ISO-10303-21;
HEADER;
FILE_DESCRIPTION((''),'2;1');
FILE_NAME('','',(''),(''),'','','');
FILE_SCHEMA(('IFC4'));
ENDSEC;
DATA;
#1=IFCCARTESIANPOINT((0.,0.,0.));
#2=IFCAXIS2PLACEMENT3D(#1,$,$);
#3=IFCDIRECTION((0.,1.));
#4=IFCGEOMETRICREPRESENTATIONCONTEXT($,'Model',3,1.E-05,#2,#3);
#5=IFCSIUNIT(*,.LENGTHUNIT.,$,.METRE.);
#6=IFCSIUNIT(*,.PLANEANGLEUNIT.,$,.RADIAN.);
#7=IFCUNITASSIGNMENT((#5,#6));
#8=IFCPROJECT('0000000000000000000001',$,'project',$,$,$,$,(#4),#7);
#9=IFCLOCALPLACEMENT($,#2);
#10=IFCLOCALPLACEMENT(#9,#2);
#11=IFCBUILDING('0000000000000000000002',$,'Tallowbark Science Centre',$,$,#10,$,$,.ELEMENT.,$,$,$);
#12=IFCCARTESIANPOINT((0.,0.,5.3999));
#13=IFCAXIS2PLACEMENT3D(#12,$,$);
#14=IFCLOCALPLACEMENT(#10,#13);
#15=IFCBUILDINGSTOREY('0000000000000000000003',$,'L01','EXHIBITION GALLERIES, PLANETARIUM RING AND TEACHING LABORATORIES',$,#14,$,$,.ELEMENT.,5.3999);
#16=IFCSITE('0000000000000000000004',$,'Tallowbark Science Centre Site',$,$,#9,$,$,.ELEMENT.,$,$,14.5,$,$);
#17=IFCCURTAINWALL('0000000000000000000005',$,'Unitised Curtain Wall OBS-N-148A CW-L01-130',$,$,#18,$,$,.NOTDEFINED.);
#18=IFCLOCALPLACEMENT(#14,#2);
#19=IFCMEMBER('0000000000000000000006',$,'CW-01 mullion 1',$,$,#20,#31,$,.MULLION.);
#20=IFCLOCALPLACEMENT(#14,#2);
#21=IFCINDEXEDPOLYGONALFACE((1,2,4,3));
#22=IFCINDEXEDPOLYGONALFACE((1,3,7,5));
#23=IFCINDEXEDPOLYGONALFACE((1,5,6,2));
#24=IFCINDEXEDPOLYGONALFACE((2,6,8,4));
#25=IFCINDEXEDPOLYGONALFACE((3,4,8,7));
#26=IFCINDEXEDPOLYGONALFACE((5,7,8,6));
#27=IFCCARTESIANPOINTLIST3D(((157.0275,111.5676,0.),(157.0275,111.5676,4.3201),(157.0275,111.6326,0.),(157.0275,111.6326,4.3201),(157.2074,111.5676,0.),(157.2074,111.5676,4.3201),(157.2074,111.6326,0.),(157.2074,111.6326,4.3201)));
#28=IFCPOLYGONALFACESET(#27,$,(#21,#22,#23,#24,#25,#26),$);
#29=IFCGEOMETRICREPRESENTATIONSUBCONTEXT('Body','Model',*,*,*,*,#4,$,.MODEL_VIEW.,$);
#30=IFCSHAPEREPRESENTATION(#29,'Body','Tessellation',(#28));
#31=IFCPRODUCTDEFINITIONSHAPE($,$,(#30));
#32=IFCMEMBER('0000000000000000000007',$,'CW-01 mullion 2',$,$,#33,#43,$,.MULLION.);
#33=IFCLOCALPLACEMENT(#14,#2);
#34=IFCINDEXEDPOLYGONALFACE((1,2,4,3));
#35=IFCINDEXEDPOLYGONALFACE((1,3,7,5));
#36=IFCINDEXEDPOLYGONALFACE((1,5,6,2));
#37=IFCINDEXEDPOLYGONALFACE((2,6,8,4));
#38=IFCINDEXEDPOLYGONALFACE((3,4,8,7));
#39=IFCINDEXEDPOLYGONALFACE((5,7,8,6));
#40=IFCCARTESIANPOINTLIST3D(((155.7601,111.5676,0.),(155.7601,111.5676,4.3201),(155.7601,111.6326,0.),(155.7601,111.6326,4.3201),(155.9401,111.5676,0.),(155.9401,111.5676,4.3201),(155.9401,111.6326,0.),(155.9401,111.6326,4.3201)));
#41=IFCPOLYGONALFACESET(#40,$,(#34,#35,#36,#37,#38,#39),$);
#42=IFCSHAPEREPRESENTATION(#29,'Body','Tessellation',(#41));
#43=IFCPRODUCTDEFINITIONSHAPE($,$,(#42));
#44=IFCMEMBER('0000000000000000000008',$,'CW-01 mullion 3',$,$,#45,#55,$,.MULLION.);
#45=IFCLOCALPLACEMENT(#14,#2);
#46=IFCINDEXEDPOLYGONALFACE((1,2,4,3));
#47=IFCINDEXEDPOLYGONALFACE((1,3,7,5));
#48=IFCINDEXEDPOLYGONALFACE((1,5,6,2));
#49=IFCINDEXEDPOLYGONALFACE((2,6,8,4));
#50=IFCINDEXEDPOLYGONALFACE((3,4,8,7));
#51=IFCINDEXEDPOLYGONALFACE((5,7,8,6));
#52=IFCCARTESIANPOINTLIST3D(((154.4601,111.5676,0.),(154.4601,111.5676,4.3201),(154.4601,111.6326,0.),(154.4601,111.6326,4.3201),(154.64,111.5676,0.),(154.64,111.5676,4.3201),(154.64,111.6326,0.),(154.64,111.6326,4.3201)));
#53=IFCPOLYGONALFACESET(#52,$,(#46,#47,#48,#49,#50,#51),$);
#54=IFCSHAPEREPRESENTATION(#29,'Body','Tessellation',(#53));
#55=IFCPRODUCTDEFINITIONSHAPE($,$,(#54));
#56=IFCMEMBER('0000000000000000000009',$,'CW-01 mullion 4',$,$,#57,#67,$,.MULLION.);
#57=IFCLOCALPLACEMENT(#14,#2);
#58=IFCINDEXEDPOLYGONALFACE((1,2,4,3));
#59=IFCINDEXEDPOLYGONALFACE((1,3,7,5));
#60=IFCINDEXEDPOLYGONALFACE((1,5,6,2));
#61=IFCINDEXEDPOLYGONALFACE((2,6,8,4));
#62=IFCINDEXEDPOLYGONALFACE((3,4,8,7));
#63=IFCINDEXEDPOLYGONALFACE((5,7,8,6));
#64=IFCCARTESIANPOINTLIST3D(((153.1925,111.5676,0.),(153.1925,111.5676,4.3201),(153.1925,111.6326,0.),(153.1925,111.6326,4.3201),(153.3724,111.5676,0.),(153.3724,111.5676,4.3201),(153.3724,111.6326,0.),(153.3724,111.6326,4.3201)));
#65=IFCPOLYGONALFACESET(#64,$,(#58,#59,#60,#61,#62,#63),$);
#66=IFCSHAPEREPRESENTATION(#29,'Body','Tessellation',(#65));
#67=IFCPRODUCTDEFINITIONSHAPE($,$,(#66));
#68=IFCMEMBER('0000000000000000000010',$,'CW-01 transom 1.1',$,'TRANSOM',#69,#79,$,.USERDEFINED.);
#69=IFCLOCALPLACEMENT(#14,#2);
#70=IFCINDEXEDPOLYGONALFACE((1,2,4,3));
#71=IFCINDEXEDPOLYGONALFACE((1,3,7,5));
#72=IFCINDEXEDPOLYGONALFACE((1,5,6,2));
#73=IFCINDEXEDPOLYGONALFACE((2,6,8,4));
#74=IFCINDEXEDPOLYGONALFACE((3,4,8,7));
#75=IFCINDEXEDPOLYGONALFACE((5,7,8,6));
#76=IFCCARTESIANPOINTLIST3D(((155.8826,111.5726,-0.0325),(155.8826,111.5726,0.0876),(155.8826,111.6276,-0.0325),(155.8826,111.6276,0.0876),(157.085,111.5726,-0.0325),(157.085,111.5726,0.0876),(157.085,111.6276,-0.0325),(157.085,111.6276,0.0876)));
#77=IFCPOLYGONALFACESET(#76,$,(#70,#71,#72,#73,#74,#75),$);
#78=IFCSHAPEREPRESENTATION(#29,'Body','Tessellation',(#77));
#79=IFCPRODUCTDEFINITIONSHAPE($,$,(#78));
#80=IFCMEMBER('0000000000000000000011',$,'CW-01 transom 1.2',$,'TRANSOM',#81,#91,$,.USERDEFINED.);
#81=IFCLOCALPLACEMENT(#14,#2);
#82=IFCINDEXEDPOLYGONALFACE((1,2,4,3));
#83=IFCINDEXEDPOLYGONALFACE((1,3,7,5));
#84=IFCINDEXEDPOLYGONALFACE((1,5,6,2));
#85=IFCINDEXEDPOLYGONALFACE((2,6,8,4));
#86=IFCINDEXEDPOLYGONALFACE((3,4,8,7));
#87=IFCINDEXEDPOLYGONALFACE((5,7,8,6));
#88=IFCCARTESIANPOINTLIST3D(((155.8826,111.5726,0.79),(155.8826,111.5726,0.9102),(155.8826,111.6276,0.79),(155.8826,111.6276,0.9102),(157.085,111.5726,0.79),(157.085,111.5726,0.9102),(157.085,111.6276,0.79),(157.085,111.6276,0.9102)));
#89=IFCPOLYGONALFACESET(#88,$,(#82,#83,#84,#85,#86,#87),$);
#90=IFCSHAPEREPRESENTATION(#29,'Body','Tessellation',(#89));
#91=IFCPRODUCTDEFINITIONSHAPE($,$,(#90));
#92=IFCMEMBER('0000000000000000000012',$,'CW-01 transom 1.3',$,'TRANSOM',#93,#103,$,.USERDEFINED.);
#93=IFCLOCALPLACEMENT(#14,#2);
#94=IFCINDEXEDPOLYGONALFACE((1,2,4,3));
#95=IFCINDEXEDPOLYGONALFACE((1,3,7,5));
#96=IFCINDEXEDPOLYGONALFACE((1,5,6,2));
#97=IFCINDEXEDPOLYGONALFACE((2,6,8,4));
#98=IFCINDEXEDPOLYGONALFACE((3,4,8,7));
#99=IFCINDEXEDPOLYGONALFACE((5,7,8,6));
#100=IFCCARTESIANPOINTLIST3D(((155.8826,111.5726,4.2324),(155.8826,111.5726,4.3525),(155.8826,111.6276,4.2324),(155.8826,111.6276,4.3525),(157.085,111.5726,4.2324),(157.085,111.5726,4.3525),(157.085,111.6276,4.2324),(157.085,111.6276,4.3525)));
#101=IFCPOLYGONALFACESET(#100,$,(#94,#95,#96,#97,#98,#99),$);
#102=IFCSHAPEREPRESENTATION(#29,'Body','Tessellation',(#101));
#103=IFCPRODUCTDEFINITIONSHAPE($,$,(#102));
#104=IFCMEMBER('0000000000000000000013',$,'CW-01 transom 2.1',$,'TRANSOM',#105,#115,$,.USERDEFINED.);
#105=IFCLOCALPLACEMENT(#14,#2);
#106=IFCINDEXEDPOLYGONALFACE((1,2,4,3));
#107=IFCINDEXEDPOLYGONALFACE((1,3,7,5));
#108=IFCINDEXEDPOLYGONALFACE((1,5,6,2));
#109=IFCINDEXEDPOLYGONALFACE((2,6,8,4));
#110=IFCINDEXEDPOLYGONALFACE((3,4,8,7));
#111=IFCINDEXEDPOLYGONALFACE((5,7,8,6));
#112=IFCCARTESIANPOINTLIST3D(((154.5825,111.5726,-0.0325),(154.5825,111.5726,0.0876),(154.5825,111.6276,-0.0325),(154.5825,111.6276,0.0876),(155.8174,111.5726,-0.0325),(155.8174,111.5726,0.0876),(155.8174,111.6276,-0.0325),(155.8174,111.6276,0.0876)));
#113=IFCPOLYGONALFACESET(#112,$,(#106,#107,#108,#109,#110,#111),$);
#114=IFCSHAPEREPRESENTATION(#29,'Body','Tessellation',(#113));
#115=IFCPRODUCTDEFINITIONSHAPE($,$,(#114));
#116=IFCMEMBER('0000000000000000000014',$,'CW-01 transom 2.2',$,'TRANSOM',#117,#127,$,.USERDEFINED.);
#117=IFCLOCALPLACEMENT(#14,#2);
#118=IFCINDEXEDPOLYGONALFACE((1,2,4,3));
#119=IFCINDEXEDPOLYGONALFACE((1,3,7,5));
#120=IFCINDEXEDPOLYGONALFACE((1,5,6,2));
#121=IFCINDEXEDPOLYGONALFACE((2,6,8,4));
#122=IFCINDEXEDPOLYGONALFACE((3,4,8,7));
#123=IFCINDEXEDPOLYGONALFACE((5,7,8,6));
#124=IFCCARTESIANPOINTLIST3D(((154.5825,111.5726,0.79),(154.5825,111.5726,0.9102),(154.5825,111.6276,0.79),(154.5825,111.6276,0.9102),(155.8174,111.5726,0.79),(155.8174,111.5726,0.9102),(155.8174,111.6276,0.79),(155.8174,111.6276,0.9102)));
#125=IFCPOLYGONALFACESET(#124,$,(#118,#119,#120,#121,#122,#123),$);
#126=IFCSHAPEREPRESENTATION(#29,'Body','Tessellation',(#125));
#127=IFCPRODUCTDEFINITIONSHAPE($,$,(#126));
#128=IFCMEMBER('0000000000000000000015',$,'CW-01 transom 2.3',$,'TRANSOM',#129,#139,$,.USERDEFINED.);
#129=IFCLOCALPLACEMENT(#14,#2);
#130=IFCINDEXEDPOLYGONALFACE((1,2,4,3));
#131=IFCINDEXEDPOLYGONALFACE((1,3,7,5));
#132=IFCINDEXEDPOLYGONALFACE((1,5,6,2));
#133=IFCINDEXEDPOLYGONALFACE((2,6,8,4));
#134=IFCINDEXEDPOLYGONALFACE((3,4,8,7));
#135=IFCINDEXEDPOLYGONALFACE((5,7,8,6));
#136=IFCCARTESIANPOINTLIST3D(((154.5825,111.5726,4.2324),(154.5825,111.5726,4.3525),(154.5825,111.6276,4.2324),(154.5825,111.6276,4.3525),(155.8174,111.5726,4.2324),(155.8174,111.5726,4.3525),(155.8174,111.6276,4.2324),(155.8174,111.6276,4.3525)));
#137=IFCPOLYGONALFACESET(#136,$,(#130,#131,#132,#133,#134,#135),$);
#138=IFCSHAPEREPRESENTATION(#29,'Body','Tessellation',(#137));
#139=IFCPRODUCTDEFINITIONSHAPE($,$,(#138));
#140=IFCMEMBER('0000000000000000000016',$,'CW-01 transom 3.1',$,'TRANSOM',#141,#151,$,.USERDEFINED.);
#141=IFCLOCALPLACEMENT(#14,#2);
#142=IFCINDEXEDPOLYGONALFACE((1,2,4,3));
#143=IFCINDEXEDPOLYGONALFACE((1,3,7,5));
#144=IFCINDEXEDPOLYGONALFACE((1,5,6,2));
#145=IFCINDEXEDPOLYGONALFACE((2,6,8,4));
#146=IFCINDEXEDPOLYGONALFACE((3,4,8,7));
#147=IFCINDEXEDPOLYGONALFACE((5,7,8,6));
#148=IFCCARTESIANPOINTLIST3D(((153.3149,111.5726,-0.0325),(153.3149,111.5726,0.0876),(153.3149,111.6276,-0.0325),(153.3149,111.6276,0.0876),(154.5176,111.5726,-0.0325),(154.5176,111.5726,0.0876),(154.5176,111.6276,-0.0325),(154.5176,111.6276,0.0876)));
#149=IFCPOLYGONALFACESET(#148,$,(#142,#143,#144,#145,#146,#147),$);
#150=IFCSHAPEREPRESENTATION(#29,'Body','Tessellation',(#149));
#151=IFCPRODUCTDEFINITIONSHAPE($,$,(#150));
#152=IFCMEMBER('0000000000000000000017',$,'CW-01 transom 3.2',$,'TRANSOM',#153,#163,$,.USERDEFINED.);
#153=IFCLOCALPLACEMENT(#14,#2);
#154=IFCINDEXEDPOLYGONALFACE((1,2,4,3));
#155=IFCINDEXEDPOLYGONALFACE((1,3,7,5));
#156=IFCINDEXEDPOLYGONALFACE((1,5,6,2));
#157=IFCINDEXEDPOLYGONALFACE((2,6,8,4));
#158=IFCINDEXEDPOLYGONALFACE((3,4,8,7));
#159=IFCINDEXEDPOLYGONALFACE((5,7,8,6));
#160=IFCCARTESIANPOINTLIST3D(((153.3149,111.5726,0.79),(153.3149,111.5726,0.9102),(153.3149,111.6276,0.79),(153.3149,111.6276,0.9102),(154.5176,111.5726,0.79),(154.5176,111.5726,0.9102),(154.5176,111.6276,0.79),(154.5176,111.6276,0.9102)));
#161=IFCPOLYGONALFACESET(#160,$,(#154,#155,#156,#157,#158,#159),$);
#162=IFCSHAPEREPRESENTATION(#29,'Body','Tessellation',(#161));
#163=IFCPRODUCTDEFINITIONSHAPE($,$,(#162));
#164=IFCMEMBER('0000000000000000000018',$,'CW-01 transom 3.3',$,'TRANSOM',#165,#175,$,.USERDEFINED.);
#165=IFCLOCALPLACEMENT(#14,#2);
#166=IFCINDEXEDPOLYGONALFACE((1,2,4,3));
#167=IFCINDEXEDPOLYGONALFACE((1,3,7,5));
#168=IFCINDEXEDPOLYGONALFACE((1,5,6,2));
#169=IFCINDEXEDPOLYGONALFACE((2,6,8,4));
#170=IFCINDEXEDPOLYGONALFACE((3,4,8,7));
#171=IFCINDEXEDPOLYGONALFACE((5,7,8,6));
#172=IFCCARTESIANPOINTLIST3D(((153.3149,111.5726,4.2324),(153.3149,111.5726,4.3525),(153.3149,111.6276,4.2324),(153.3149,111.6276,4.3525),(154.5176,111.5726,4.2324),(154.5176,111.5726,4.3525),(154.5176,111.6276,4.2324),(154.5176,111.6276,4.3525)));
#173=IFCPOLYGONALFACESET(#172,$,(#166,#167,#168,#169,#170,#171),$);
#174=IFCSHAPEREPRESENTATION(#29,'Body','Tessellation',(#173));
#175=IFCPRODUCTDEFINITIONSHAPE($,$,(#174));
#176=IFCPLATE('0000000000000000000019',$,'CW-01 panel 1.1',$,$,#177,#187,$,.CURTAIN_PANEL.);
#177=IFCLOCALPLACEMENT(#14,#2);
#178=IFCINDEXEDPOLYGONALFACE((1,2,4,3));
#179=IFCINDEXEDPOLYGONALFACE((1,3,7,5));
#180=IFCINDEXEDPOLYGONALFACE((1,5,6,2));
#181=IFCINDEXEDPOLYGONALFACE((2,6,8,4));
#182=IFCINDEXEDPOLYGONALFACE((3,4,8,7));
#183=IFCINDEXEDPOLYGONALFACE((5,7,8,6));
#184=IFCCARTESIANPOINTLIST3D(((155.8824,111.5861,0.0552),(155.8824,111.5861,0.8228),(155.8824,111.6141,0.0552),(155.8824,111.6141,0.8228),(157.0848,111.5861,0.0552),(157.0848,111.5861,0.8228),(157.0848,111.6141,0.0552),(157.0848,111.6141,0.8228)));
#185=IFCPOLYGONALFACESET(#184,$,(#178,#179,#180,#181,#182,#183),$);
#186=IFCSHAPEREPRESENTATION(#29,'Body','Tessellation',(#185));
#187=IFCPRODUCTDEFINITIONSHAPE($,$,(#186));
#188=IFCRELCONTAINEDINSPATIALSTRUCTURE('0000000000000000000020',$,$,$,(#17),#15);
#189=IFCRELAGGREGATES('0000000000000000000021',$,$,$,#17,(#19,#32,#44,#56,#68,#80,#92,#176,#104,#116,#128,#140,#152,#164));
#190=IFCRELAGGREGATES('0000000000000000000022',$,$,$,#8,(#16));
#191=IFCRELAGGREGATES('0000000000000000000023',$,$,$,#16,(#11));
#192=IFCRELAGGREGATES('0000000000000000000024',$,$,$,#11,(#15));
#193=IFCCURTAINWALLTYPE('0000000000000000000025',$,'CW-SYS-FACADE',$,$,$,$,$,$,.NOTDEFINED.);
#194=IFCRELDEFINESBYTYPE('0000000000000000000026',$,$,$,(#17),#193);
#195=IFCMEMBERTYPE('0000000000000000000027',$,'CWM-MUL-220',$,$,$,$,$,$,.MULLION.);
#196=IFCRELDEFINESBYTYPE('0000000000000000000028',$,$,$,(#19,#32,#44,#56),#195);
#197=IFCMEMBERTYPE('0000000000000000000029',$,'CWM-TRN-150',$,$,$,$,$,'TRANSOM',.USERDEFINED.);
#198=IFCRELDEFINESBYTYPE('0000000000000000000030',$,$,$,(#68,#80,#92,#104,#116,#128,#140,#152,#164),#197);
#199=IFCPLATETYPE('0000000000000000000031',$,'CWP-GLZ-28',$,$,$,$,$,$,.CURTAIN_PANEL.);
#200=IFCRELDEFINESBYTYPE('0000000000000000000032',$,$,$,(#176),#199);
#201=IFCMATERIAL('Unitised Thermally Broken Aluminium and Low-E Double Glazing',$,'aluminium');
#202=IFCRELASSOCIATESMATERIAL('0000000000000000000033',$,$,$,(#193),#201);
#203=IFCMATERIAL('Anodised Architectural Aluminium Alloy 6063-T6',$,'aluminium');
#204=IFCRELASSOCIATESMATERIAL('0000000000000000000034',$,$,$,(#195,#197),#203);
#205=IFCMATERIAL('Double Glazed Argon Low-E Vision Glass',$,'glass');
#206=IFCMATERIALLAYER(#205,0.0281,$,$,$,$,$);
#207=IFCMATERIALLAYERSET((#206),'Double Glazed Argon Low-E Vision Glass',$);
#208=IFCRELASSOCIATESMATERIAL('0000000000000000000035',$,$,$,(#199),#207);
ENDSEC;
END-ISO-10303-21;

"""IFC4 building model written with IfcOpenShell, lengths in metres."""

from ifc_helpers import new_model, si_unit, direction, frame, origin, origin_2d, place, context, subcontext, project, spatial, rectangle, extrude, material, layer, layer_set, material_profile, profile_set, type_object, element, aggregate, save


model = new_model("IFC4")

# Units and contexts
model_context = context("Model", 3, precision=1e-05, world=origin(), true_north=direction((0.0, 1.0)))
body_context = subcontext(model_context, "Body", "Model", "MODEL_VIEW")
ifc_project = project(units=[si_unit("LENGTHUNIT", "METRE"), si_unit("PLANEANGLEUNIT", "RADIAN")], contexts=[model_context])

# Site, building, storey
site_placement = place(None, origin())
site = spatial("IfcSite", under=ifc_project, at=site_placement, Name="Tallowbark Science Centre Site", CompositionType="ELEMENT", RefElevation=14.5)
building_placement = place(site_placement, origin())
building = spatial("IfcBuilding", under=site, at=building_placement, Name="Tallowbark Science Centre", CompositionType="ELEMENT")
storey_placement = place(building_placement, frame((0.0, 0.0, 5.3999)))
storey = spatial("IfcBuildingStorey", under=building, at=storey_placement, Name="L01", Description="EXHIBITION GALLERIES, PLANETARIUM RING AND TEACHING LABORATORIES", CompositionType="ELEMENT", Elevation=5.3999)

# Curtain wall, members, plate
ifc_material_1 = material(Name="Unitised Thermally Broken Aluminium and Low-E Double Glazing", Category="aluminium")
curtain_wall_type = type_object("IfcCurtainWallType", Name="CW-SYS-FACADE", PredefinedType="NOTDEFINED", material=ifc_material_1)
curtain_wall_placement = place(storey_placement, origin())
curtain_wall = element("IfcCurtainWall", 1, at=curtain_wall_placement, inside=storey, type_object=curtain_wall_type, Name="Unitised Curtain Wall OBS-N-148A CW-L01-130", PredefinedType="NOTDEFINED")
ifc_material_2 = material(Name="Anodised Architectural Aluminium Alloy 6063-T6", Category="aluminium")
ifc_material_profile_1 = material_profile(ifc_material_2, rectangle(XDim=0.0649, YDim=0.1799, at=origin_2d()), Name="ALU65x180")
ifc_profile_set_1 = profile_set([ifc_material_profile_1], Name="Anodised Architectural Aluminium Alloy 6063-T6")
member_type_1 = type_object("IfcMemberType", Name="CWM-MUL-220", PredefinedType="MULLION", material=ifc_profile_set_1)
member_1_placement = place(storey_placement, frame((157.1174, 111.6001, 0.0), z_axis=(0.0, 0.0, 1.0), x_axis=(0.0, -1.0, 0.0)))
member_1 = element("IfcMember", 2, at=member_1_placement, type_object=member_type_1, Name="CW-01 mullion 1", PredefinedType="MULLION", context=body_context, shape_type="SweptSolid", body=[
    extrude(rectangle(XDim=0.0649, YDim=0.1799, at=origin_2d()), origin(), (0.0, 0.0, 1.0), 4.3201),
])
member_2_placement = place(storey_placement, frame((155.8501, 111.6001, 0.0), z_axis=(0.0, 0.0, 1.0), x_axis=(0.0, -1.0, 0.0)))
member_2 = element("IfcMember", 3, at=member_2_placement, type_object=member_type_1, Name="CW-01 mullion 2", PredefinedType="MULLION", context=body_context, shape_type="SweptSolid", body=[
    extrude(rectangle(XDim=0.0649, YDim=0.1799, at=origin_2d()), origin(), (0.0, 0.0, 1.0), 4.3201),
])
member_3_placement = place(storey_placement, frame((154.55, 111.6001, 0.0), z_axis=(0.0, 0.0, 1.0), x_axis=(0.0, -1.0, 0.0)))
member_3 = element("IfcMember", 4, at=member_3_placement, type_object=member_type_1, Name="CW-01 mullion 3", PredefinedType="MULLION", context=body_context, shape_type="SweptSolid", body=[
    extrude(rectangle(XDim=0.0649, YDim=0.1799, at=origin_2d()), origin(), (0.0, 0.0, 1.0), 4.3201),
])
member_4_placement = place(storey_placement, frame((153.2825, 111.6001, 0.0), z_axis=(0.0, 0.0, 1.0), x_axis=(0.0, -1.0, 0.0)))
member_4 = element("IfcMember", 5, at=member_4_placement, type_object=member_type_1, Name="CW-01 mullion 4", PredefinedType="MULLION", context=body_context, shape_type="SweptSolid", body=[
    extrude(rectangle(XDim=0.0649, YDim=0.1799, at=origin_2d()), origin(), (0.0, 0.0, 1.0), 4.3201),
])
ifc_material_profile_2 = material_profile(ifc_material_2, rectangle(XDim=0.0549, YDim=0.1201, at=origin_2d()), Name="ALU55x120")
ifc_profile_set_2 = profile_set([ifc_material_profile_2], Name="Anodised Architectural Aluminium Alloy 6063-T6")
member_type_2 = type_object("IfcMemberType", Name="CWM-TRN-150", ElementType="TRANSOM", PredefinedType="USERDEFINED", material=ifc_profile_set_2)
member_5_placement = place(storey_placement, frame((157.085, 111.6001, 0.0276), z_axis=(-1.0, 0.0, 0.0), x_axis=(0.0, -1.0, 0.0)))
member_5 = element("IfcMember", 6, at=member_5_placement, type_object=member_type_2, Name="CW-01 transom 1.1", ObjectType="TRANSOM", PredefinedType="USERDEFINED", context=body_context, shape_type="SweptSolid", body=[
    extrude(rectangle(XDim=0.0549, YDim=0.1201, at=origin_2d()), origin(), (0.0, 0.0, 1.0), 1.2024),
])
member_6_placement = place(storey_placement, frame((157.085, 111.6001, 0.8501), z_axis=(-1.0, 0.0, 0.0), x_axis=(0.0, -1.0, 0.0)))
member_6 = element("IfcMember", 7, at=member_6_placement, type_object=member_type_2, Name="CW-01 transom 1.2", ObjectType="TRANSOM", PredefinedType="USERDEFINED", context=body_context, shape_type="SweptSolid", body=[
    extrude(rectangle(XDim=0.0549, YDim=0.1201, at=origin_2d()), origin(), (0.0, 0.0, 1.0), 1.2024),
])
member_7_placement = place(storey_placement, frame((157.085, 111.6001, 4.2925), z_axis=(-1.0, 0.0, 0.0), x_axis=(0.0, -1.0, 0.0)))
member_7 = element("IfcMember", 8, at=member_7_placement, type_object=member_type_2, Name="CW-01 transom 1.3", ObjectType="TRANSOM", PredefinedType="USERDEFINED", context=body_context, shape_type="SweptSolid", body=[
    extrude(rectangle(XDim=0.0549, YDim=0.1201, at=origin_2d()), origin(), (0.0, 0.0, 1.0), 1.2024),
])
member_8_placement = place(storey_placement, frame((155.8174, 111.6001, 0.0276), z_axis=(-1.0, 0.0, 0.0), x_axis=(0.0, -1.0, 0.0)))
member_8 = element("IfcMember", 9, at=member_8_placement, type_object=member_type_2, Name="CW-01 transom 2.1", ObjectType="TRANSOM", PredefinedType="USERDEFINED", context=body_context, shape_type="SweptSolid", body=[
    extrude(rectangle(XDim=0.0549, YDim=0.1201, at=origin_2d()), origin(), (0.0, 0.0, 1.0), 1.2349),
])
member_9_placement = place(storey_placement, frame((155.8174, 111.6001, 0.8501), z_axis=(-1.0, 0.0, 0.0), x_axis=(0.0, -1.0, 0.0)))
member_9 = element("IfcMember", 10, at=member_9_placement, type_object=member_type_2, Name="CW-01 transom 2.2", ObjectType="TRANSOM", PredefinedType="USERDEFINED", context=body_context, shape_type="SweptSolid", body=[
    extrude(rectangle(XDim=0.0549, YDim=0.1201, at=origin_2d()), origin(), (0.0, 0.0, 1.0), 1.2349),
])
member_10_placement = place(storey_placement, frame((155.8174, 111.6001, 4.2925), z_axis=(-1.0, 0.0, 0.0), x_axis=(0.0, -1.0, 0.0)))
member_10 = element("IfcMember", 11, at=member_10_placement, type_object=member_type_2, Name="CW-01 transom 2.3", ObjectType="TRANSOM", PredefinedType="USERDEFINED", context=body_context, shape_type="SweptSolid", body=[
    extrude(rectangle(XDim=0.0549, YDim=0.1201, at=origin_2d()), origin(), (0.0, 0.0, 1.0), 1.2349),
])
member_11_placement = place(storey_placement, frame((154.5176, 111.6001, 0.0276), z_axis=(-1.0, 0.0, 0.0), x_axis=(0.0, -1.0, 0.0)))
member_11 = element("IfcMember", 12, at=member_11_placement, type_object=member_type_2, Name="CW-01 transom 3.1", ObjectType="TRANSOM", PredefinedType="USERDEFINED", context=body_context, shape_type="SweptSolid", body=[
    extrude(rectangle(XDim=0.0549, YDim=0.1201, at=origin_2d()), origin(), (0.0, 0.0, 1.0), 1.2026),
])
member_12_placement = place(storey_placement, frame((154.5176, 111.6001, 0.8501), z_axis=(-1.0, 0.0, 0.0), x_axis=(0.0, -1.0, 0.0)))
member_12 = element("IfcMember", 13, at=member_12_placement, type_object=member_type_2, Name="CW-01 transom 3.2", ObjectType="TRANSOM", PredefinedType="USERDEFINED", context=body_context, shape_type="SweptSolid", body=[
    extrude(rectangle(XDim=0.0549, YDim=0.1201, at=origin_2d()), origin(), (0.0, 0.0, 1.0), 1.2026),
])
member_13_placement = place(storey_placement, frame((154.5176, 111.6001, 4.2925), z_axis=(-1.0, 0.0, 0.0), x_axis=(0.0, -1.0, 0.0)))
member_13 = element("IfcMember", 14, at=member_13_placement, type_object=member_type_2, Name="CW-01 transom 3.3", ObjectType="TRANSOM", PredefinedType="USERDEFINED", context=body_context, shape_type="SweptSolid", body=[
    extrude(rectangle(XDim=0.0549, YDim=0.1201, at=origin_2d()), origin(), (0.0, 0.0, 1.0), 1.2026),
])
ifc_material_3 = material(Name="Double Glazed Argon Low-E Vision Glass", Category="glass")
ifc_layer_1 = layer(ifc_material_3, 0.0281)
ifc_layer_set_1 = layer_set([ifc_layer_1], Name="Double Glazed Argon Low-E Vision Glass")
plate_type = type_object("IfcPlateType", Name="CWP-GLZ-28", PredefinedType="CURTAIN_PANEL", material=ifc_layer_set_1)
plate_1_placement = place(storey_placement, frame((156.4836, 111.6001, 0.0552), z_axis=(0.0, 0.0, 1.0), x_axis=(-1.0, 0.0, 0.0)))
plate_1 = element("IfcPlate", 15, at=plate_1_placement, type_object=plate_type, Name="CW-01 panel 1.1", PredefinedType="CURTAIN_PANEL", context=body_context, shape_type="SweptSolid", body=[
    extrude(rectangle(XDim=1.2024, YDim=0.0281, at=origin_2d()), origin(), (0.0, 0.0, 1.0), 0.7676),
])
aggregate(curtain_wall, [member_1, member_2, member_3, member_4, member_5, member_6, member_7, plate_1, member_8, member_9, member_10, member_11, member_12, member_13])

save(model, "model.ifc")
